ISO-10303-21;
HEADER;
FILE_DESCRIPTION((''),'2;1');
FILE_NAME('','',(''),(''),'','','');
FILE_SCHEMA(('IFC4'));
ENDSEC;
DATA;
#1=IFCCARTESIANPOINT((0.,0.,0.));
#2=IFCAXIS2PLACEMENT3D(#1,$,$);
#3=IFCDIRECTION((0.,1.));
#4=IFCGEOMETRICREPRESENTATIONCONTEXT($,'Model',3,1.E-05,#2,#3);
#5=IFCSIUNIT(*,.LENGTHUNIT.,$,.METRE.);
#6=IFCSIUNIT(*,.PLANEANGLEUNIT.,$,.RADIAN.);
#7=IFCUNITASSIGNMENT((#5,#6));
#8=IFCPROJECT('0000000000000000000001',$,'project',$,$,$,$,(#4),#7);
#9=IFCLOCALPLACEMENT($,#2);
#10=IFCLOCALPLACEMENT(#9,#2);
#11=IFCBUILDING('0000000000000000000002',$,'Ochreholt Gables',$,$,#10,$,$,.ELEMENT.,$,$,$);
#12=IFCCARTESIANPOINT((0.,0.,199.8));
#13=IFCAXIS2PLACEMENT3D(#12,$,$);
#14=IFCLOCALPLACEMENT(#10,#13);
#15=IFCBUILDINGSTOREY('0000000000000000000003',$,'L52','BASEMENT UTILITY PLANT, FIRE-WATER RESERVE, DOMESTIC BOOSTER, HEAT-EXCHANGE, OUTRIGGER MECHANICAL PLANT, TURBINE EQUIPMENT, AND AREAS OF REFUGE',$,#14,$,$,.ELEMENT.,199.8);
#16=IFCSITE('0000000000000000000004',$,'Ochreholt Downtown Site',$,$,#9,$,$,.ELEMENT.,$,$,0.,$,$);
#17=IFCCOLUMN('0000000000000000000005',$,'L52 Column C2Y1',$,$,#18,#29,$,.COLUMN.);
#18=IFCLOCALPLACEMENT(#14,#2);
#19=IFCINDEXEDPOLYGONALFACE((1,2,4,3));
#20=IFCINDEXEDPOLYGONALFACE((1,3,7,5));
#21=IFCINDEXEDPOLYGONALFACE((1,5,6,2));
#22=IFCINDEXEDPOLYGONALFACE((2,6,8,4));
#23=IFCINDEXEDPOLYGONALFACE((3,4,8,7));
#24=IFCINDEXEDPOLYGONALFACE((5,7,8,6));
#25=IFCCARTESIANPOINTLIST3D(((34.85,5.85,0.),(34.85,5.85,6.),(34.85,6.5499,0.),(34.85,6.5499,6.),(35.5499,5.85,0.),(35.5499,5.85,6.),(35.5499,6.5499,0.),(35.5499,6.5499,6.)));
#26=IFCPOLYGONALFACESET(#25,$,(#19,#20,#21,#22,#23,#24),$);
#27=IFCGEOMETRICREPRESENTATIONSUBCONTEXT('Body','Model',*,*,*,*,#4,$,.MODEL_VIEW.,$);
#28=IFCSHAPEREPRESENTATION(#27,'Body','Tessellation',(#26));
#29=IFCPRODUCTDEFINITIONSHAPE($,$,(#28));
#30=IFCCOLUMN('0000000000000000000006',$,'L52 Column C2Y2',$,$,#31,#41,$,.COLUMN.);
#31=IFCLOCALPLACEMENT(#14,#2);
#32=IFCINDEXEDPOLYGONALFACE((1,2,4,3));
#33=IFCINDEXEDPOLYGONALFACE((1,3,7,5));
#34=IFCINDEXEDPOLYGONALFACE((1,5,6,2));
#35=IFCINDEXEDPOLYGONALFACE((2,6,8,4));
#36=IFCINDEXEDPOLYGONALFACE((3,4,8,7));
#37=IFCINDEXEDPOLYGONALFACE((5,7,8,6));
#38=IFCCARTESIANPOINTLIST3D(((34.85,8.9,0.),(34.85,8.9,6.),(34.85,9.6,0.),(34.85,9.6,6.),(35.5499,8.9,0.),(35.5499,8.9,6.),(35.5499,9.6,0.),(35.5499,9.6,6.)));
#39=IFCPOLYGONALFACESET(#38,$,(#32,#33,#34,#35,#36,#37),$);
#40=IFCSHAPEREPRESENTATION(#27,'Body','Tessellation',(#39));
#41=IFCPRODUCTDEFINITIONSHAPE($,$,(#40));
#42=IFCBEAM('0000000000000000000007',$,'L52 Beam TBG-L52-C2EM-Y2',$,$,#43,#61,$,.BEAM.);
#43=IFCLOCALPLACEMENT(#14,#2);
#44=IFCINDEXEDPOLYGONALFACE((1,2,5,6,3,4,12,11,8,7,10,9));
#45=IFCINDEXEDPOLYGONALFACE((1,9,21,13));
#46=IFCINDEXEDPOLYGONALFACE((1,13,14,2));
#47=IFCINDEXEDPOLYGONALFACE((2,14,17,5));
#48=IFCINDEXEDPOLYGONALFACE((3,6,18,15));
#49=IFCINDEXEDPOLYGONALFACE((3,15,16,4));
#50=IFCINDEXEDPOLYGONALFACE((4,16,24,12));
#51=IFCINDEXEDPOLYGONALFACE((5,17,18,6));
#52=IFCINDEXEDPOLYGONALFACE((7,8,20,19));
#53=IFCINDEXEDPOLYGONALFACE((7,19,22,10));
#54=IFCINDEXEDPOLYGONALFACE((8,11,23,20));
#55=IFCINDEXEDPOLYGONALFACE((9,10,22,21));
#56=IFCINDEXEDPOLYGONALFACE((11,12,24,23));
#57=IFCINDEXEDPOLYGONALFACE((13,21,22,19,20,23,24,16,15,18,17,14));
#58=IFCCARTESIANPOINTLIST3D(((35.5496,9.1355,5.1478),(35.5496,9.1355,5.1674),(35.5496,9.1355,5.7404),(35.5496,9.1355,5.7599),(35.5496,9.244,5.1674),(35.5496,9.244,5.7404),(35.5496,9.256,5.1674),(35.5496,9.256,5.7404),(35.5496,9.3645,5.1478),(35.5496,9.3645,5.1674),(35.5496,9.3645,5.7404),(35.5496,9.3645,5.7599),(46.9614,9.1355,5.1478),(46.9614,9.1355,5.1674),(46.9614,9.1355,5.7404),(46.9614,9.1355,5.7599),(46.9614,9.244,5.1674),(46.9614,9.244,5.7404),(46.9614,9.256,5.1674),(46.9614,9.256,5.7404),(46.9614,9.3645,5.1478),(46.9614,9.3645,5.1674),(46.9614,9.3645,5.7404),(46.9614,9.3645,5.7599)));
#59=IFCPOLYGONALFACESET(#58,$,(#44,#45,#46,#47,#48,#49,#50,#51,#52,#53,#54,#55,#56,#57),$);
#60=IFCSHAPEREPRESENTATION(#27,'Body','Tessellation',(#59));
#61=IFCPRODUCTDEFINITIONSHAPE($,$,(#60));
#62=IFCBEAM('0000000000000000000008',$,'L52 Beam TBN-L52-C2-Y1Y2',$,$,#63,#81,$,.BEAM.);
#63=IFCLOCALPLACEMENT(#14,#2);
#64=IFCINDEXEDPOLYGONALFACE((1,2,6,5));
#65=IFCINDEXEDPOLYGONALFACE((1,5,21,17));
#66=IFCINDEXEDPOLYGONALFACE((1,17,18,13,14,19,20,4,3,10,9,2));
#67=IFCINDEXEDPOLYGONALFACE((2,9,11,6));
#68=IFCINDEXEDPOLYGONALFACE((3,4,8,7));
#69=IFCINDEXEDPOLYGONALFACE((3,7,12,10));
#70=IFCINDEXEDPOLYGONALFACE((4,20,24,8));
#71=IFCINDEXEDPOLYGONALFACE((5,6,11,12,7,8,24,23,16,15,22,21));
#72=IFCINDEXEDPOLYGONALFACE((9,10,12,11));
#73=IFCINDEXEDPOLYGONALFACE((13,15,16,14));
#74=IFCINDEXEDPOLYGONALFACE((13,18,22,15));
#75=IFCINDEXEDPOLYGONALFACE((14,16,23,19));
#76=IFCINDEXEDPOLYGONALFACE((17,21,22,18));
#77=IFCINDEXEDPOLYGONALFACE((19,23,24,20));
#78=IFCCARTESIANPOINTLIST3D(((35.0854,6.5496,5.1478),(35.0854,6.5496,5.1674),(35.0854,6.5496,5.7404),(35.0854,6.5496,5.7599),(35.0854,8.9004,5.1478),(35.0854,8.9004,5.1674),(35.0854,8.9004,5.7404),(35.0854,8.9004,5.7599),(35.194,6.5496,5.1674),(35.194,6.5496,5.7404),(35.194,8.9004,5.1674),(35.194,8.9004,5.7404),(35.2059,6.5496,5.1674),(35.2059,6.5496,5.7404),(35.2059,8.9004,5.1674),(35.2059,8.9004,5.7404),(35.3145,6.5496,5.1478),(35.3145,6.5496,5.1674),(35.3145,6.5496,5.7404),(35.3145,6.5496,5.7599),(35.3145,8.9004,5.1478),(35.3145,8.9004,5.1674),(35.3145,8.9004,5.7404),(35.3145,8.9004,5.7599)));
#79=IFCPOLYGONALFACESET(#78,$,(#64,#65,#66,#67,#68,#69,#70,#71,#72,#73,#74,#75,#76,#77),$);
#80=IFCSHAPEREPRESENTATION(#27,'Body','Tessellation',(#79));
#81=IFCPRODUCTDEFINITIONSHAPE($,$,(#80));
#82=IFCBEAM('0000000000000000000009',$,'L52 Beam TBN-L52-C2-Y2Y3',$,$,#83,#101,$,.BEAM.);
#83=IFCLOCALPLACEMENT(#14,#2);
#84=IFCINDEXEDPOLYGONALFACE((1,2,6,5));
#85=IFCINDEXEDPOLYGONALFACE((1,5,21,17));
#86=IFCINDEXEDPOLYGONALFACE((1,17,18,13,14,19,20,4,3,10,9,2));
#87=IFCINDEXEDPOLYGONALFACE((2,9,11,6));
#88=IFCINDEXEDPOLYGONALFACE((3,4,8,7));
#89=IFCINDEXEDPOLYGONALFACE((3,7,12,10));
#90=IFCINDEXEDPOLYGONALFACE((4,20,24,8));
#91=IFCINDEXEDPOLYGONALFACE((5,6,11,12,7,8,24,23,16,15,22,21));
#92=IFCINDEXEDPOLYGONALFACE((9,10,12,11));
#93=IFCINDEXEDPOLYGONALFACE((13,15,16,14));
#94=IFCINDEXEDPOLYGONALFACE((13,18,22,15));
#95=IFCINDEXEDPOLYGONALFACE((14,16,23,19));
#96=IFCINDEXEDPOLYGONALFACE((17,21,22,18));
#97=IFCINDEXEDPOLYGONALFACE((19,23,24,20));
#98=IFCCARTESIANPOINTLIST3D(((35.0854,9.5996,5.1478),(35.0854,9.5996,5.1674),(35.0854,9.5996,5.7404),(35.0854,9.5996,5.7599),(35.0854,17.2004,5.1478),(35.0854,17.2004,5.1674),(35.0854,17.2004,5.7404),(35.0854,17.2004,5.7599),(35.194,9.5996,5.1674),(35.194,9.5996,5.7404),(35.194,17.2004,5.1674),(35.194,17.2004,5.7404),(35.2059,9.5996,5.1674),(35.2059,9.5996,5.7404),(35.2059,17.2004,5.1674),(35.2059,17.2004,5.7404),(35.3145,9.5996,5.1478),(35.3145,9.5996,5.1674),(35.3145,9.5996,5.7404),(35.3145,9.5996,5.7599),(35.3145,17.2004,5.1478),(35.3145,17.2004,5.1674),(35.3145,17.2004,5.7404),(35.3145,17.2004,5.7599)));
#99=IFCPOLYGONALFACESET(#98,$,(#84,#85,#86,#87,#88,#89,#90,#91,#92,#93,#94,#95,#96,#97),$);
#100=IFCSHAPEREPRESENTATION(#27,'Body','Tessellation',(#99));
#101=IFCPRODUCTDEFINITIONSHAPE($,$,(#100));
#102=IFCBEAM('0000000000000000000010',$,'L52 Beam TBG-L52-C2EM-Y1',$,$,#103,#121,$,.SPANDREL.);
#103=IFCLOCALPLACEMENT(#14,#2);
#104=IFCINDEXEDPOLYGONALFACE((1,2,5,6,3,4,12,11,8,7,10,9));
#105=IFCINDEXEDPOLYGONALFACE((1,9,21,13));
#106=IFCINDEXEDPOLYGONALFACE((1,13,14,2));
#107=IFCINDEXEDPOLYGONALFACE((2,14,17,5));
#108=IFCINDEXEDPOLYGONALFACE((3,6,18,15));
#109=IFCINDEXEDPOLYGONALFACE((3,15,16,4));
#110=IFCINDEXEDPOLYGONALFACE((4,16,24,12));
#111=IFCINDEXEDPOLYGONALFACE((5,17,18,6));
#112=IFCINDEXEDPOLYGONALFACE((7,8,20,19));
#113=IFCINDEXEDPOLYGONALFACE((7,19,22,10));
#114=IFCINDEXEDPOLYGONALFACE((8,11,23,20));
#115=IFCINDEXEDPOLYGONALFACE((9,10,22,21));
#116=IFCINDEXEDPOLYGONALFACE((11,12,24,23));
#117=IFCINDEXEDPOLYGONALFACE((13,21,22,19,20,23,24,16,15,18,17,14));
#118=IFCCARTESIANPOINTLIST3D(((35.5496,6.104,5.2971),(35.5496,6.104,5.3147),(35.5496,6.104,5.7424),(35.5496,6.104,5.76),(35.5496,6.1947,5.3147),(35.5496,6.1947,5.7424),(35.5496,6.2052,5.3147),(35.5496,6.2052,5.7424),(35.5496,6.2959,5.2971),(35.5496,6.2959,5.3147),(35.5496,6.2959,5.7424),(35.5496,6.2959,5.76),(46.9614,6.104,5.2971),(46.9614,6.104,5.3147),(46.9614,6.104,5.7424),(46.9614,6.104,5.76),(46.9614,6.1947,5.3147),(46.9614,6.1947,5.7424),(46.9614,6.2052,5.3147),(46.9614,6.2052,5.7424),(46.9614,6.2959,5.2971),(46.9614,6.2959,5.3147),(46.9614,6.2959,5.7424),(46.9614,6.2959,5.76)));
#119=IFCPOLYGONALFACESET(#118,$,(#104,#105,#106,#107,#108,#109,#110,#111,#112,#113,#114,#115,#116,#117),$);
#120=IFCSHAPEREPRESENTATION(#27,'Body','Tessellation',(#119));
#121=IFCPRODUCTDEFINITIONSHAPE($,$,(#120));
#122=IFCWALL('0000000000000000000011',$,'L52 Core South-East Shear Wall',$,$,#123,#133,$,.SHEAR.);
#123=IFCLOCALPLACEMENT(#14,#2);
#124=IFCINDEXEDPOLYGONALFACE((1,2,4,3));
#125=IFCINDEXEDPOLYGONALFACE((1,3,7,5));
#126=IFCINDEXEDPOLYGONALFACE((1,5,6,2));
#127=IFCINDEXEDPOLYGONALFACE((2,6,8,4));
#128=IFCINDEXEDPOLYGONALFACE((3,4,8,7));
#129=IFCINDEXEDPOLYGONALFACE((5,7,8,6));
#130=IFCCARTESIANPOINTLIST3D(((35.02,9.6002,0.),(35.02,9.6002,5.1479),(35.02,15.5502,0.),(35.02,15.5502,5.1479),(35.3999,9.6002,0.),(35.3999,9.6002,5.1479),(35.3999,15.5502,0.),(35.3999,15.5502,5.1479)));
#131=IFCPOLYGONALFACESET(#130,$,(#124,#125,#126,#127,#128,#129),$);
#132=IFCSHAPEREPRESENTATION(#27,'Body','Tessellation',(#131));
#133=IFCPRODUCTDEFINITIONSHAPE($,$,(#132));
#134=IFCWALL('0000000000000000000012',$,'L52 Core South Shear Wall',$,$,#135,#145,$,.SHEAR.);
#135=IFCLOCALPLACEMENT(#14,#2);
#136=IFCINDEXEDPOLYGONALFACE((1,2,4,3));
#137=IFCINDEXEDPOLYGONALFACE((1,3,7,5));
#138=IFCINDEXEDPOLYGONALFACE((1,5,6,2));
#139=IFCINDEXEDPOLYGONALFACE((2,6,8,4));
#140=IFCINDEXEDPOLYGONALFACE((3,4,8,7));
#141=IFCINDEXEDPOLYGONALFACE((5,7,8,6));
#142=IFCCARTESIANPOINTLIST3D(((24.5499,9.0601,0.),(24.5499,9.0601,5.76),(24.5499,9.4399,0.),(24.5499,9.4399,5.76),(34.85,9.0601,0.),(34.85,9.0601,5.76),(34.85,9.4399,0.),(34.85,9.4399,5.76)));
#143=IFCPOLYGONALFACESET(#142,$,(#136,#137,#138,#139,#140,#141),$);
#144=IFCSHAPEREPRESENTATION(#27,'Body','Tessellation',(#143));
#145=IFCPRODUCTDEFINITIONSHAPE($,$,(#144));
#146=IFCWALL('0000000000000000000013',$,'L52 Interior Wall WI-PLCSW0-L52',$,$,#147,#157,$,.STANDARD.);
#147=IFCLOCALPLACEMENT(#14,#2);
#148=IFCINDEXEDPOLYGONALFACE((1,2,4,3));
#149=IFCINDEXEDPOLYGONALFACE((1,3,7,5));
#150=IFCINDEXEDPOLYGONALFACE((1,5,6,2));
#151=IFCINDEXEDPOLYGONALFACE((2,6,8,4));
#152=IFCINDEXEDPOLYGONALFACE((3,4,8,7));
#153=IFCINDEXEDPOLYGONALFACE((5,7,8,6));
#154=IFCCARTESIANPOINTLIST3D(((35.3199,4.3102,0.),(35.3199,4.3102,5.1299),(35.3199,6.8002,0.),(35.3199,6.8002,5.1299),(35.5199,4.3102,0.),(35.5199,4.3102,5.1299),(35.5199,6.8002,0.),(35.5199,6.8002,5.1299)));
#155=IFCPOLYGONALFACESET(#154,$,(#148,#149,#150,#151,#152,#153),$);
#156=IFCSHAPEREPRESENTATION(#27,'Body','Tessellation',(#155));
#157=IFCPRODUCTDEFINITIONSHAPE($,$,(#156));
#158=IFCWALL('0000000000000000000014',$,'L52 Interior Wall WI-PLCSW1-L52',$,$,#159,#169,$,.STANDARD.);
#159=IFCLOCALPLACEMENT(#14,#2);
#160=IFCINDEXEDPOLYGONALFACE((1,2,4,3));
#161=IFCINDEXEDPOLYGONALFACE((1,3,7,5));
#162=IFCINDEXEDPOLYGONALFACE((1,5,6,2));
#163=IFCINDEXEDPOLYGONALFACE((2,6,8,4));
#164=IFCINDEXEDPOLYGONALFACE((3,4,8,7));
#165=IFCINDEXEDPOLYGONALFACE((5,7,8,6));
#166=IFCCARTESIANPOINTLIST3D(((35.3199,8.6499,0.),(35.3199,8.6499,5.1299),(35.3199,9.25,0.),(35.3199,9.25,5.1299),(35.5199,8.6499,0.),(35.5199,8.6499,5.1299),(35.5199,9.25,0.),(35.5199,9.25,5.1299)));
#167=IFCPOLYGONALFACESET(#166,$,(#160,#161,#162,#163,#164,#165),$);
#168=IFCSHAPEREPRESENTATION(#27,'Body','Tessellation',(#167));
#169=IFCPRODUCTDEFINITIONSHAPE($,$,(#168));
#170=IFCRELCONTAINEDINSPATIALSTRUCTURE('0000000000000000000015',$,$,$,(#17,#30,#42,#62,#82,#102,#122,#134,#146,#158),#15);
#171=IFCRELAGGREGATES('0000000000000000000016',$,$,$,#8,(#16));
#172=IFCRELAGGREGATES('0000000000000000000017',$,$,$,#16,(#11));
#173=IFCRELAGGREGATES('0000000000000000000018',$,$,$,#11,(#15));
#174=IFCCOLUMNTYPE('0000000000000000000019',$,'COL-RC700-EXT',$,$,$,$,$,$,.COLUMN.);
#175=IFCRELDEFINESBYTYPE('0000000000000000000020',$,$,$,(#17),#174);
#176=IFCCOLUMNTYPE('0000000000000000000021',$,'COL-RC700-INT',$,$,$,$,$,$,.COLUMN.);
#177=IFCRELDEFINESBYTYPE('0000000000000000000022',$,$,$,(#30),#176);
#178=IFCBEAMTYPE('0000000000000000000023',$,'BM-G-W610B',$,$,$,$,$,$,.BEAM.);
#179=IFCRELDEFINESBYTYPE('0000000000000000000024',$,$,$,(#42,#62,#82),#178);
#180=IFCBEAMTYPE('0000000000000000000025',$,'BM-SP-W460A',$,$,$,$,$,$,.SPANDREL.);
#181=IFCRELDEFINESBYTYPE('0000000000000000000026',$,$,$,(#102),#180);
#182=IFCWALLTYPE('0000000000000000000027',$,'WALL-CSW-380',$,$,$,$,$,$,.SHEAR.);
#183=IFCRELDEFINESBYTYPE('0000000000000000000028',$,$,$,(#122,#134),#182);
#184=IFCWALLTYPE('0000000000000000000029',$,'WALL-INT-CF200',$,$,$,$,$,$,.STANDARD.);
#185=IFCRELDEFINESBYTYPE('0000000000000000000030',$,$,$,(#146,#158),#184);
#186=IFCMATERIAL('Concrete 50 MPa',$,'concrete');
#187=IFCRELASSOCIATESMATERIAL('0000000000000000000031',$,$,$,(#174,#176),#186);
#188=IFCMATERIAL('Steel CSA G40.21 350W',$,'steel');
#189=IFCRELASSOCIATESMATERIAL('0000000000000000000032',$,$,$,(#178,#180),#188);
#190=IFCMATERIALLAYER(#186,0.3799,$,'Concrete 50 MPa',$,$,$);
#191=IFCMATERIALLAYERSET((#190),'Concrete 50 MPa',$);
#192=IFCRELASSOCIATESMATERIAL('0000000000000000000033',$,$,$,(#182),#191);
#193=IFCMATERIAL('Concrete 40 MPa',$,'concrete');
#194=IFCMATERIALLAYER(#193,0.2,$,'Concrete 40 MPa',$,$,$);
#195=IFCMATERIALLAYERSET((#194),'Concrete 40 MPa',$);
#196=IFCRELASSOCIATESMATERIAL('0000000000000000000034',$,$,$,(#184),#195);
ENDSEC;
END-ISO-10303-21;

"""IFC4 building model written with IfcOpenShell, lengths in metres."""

from ifc_helpers import new_model, si_unit, direction, frame, frame_2d, origin, origin_2d, place, context, subcontext, project, spatial, rectangle, i_section, extrude, material, layer, layer_set, material_profile, profile_set, type_object, element, save


model = new_model("IFC4")

# Units and contexts
model_context = context("Model", 3, precision=1e-05, world=origin(), true_north=direction((0.0, 1.0)))
body_context = subcontext(model_context, "Body", "Model", "MODEL_VIEW")
ifc_project = project(units=[si_unit("LENGTHUNIT", "METRE"), si_unit("PLANEANGLEUNIT", "RADIAN")], contexts=[model_context])

# Site, building, storey
site_placement = place(None, origin())
site = spatial("IfcSite", under=ifc_project, at=site_placement, Name="Ochreholt Downtown Site", CompositionType="ELEMENT", RefElevation=0.0)
building_placement = place(site_placement, origin())
building = spatial("IfcBuilding", under=site, at=building_placement, Name="Ochreholt Gables", CompositionType="ELEMENT")
storey_placement = place(building_placement, frame((0.0, 0.0, 199.8)))
storey = spatial("IfcBuildingStorey", under=building, at=storey_placement, Name="L52", Description="BASEMENT UTILITY PLANT, FIRE-WATER RESERVE, DOMESTIC BOOSTER, HEAT-EXCHANGE, OUTRIGGER MECHANICAL PLANT, TURBINE EQUIPMENT, AND AREAS OF REFUGE", CompositionType="ELEMENT", Elevation=199.8)

# Columns
ifc_material_1 = material(Name="Concrete 50 MPa", Category="concrete")
ifc_material_profile_1 = material_profile(ifc_material_1, rectangle(XDim=0.7, YDim=0.7, at=origin_2d()), Name="RC700X700")
ifc_profile_set_1 = profile_set([ifc_material_profile_1], Name="Concrete 50 MPa")
column_type_1 = type_object("IfcColumnType", Name="COL-RC700-EXT", PredefinedType="COLUMN", material=ifc_profile_set_1)
column_1_placement = place(storey_placement, frame((35.2, 6.2, 0.0), z_axis=(0.0, 0.0, 1.0), x_axis=(1.0, 0.0, 0.0)))
element("IfcColumn", 1, at=column_1_placement, inside=storey, type_object=column_type_1, Name="L52 Column C2Y1", PredefinedType="COLUMN", context=body_context, shape_type="SweptSolid", body=[
    extrude(rectangle(XDim=0.7, YDim=0.7, at=origin_2d()), origin(), (0.0, 0.0, 1.0), 6.0),
])
ifc_material_profile_2 = material_profile(ifc_material_1, rectangle(XDim=0.7, YDim=0.7, at=origin_2d()), Name="RC700X700")
ifc_profile_set_2 = profile_set([ifc_material_profile_2], Name="Concrete 50 MPa")
column_type_2 = type_object("IfcColumnType", Name="COL-RC700-INT", PredefinedType="COLUMN", material=ifc_profile_set_2)
column_2_placement = place(storey_placement, frame((35.2, 9.25, 0.0), z_axis=(0.0, 0.0, 1.0), x_axis=(1.0, 0.0, 0.0)))
element("IfcColumn", 2, at=column_2_placement, inside=storey, type_object=column_type_2, Name="L52 Column C2Y2", PredefinedType="COLUMN", context=body_context, shape_type="SweptSolid", body=[
    extrude(rectangle(XDim=0.7, YDim=0.7, at=origin_2d()), origin(), (0.0, 0.0, 1.0), 6.0),
])

# Beams
ifc_material_2 = material(Name="Steel CSA G40.21 350W", Category="steel")
ifc_material_profile_3 = material_profile(ifc_material_2, i_section(OverallWidth=0.229, OverallDepth=0.6121, WebThickness=0.012, FlangeThickness=0.0195, at=origin_2d()), Name="W610X125")
ifc_profile_set_3 = profile_set([ifc_material_profile_3], Name="Steel CSA G40.21 350W")
beam_type_1 = type_object("IfcBeamType", Name="BM-G-W610B", PredefinedType="BEAM", material=ifc_profile_set_3)
beam_1_placement = place(storey_placement, frame((35.5496, 9.25, 5.4539), z_axis=(1.0, 0.0, 0.0), x_axis=(0.0, 1.0, 0.0)))
element("IfcBeam", 3, at=beam_1_placement, inside=storey, type_object=beam_type_1, Name="L52 Beam TBG-L52-C2EM-Y2", PredefinedType="BEAM", context=body_context, shape_type="SweptSolid", body=[
    extrude(i_section(OverallWidth=0.229, OverallDepth=0.6121, WebThickness=0.012, FlangeThickness=0.0195, at=origin_2d()), origin(), (0.0, 0.0, 1.0), 11.4119),
])
beam_2_placement = place(storey_placement, frame((35.2, 6.5496, 5.4539), z_axis=(0.0, 1.0, 0.0), x_axis=(-1.0, 0.0, 0.0)))
element("IfcBeam", 4, at=beam_2_placement, inside=storey, type_object=beam_type_1, Name="L52 Beam TBN-L52-C2-Y1Y2", PredefinedType="BEAM", context=body_context, shape_type="SweptSolid", body=[
    extrude(i_section(OverallWidth=0.229, OverallDepth=0.6121, WebThickness=0.012, FlangeThickness=0.0195, at=origin_2d()), origin(), (0.0, 0.0, 1.0), 2.3508),
])
beam_3_placement = place(storey_placement, frame((35.2, 9.5996, 5.4539), z_axis=(0.0, 1.0, 0.0), x_axis=(-1.0, 0.0, 0.0)))
element("IfcBeam", 5, at=beam_3_placement, inside=storey, type_object=beam_type_1, Name="L52 Beam TBN-L52-C2-Y2Y3", PredefinedType="BEAM", context=body_context, shape_type="SweptSolid", body=[
    extrude(i_section(OverallWidth=0.229, OverallDepth=0.6121, WebThickness=0.012, FlangeThickness=0.0195, at=origin_2d()), origin(), (0.0, 0.0, 1.0), 7.6008),
])
ifc_material_profile_4 = material_profile(ifc_material_2, i_section(OverallWidth=0.1919, OverallDepth=0.4629, WebThickness=0.0105, FlangeThickness=0.0176, at=origin_2d()), Name="W460X89")
ifc_profile_set_4 = profile_set([ifc_material_profile_4], Name="Steel CSA G40.21 350W")
beam_type_2 = type_object("IfcBeamType", Name="BM-SP-W460A", PredefinedType="SPANDREL", material=ifc_profile_set_4)
beam_4_placement = place(storey_placement, frame((35.5496, 6.2, 5.5286), z_axis=(1.0, 0.0, 0.0), x_axis=(0.0, 1.0, 0.0)))
element("IfcBeam", 6, at=beam_4_placement, inside=storey, type_object=beam_type_2, Name="L52 Beam TBG-L52-C2EM-Y1", PredefinedType="SPANDREL", context=body_context, shape_type="SweptSolid", body=[
    extrude(i_section(OverallWidth=0.1919, OverallDepth=0.4629, WebThickness=0.0105, FlangeThickness=0.0176, at=origin_2d()), origin(), (0.0, 0.0, 1.0), 11.4119),
])

# Walls
ifc_layer_1 = layer(ifc_material_1, 0.3799, Name="Concrete 50 MPa")
ifc_layer_set_1 = layer_set([ifc_layer_1], Name="Concrete 50 MPa")
wall_type_1 = type_object("IfcWallType", Name="WALL-CSW-380", PredefinedType="SHEAR", material=ifc_layer_set_1)
wall_1_placement = place(storey_placement, frame((35.21, 9.6001, 0.0), z_axis=(0.0, 0.0, 1.0), x_axis=(0.0, 1.0, 0.0)))
element("IfcWall", 7, at=wall_1_placement, inside=storey, type_object=wall_type_1, Name="L52 Core South-East Shear Wall", PredefinedType="SHEAR", context=body_context, shape_type="SweptSolid", body=[
    extrude(rectangle(XDim=5.95, YDim=0.3799, at=frame_2d((2.9751, 0.0))), origin(), (0.0, 0.0, 1.0), 5.1479),
])
wall_2_placement = place(storey_placement, frame((24.55, 9.25, 0.0), z_axis=(0.0, 0.0, 1.0), x_axis=(1.0, 0.0, 0.0)))
element("IfcWall", 8, at=wall_2_placement, inside=storey, type_object=wall_type_1, Name="L52 Core South Shear Wall", PredefinedType="SHEAR", context=body_context, shape_type="SweptSolid", body=[
    extrude(rectangle(XDim=10.3, YDim=0.3799, at=frame_2d((5.1499, 0.0))), origin(), (0.0, 0.0, 1.0), 5.76),
])
ifc_material_3 = material(Name="Concrete 40 MPa", Category="concrete")
ifc_layer_2 = layer(ifc_material_3, 0.2, Name="Concrete 40 MPa")
ifc_layer_set_2 = layer_set([ifc_layer_2], Name="Concrete 40 MPa")
wall_type_2 = type_object("IfcWallType", Name="WALL-INT-CF200", PredefinedType="STANDARD", material=ifc_layer_set_2)
wall_3_placement = place(storey_placement, frame((35.4199, 4.3101, 0.0), z_axis=(0.0, 0.0, 1.0), x_axis=(0.0, 1.0, 0.0)))
element("IfcWall", 9, at=wall_3_placement, inside=storey, type_object=wall_type_2, Name="L52 Interior Wall WI-PLCSW0-L52", PredefinedType="STANDARD", context=body_context, shape_type="SweptSolid", body=[
    extrude(rectangle(XDim=2.49, YDim=0.2, at=frame_2d((1.2451, 0.0))), origin(), (0.0, 0.0, 1.0), 5.1299),
])
wall_4_placement = place(storey_placement, frame((35.4199, 8.6499, 0.0), z_axis=(0.0, 0.0, 1.0), x_axis=(0.0, 1.0, 0.0)))
element("IfcWall", 10, at=wall_4_placement, inside=storey, type_object=wall_type_2, Name="L52 Interior Wall WI-PLCSW1-L52", PredefinedType="STANDARD", context=body_context, shape_type="SweptSolid", body=[
    extrude(rectangle(XDim=0.6001, YDim=0.2, at=frame_2d((0.3, 0.0))), origin(), (0.0, 0.0, 1.0), 5.1299),
])

save(model, "model.ifc")
